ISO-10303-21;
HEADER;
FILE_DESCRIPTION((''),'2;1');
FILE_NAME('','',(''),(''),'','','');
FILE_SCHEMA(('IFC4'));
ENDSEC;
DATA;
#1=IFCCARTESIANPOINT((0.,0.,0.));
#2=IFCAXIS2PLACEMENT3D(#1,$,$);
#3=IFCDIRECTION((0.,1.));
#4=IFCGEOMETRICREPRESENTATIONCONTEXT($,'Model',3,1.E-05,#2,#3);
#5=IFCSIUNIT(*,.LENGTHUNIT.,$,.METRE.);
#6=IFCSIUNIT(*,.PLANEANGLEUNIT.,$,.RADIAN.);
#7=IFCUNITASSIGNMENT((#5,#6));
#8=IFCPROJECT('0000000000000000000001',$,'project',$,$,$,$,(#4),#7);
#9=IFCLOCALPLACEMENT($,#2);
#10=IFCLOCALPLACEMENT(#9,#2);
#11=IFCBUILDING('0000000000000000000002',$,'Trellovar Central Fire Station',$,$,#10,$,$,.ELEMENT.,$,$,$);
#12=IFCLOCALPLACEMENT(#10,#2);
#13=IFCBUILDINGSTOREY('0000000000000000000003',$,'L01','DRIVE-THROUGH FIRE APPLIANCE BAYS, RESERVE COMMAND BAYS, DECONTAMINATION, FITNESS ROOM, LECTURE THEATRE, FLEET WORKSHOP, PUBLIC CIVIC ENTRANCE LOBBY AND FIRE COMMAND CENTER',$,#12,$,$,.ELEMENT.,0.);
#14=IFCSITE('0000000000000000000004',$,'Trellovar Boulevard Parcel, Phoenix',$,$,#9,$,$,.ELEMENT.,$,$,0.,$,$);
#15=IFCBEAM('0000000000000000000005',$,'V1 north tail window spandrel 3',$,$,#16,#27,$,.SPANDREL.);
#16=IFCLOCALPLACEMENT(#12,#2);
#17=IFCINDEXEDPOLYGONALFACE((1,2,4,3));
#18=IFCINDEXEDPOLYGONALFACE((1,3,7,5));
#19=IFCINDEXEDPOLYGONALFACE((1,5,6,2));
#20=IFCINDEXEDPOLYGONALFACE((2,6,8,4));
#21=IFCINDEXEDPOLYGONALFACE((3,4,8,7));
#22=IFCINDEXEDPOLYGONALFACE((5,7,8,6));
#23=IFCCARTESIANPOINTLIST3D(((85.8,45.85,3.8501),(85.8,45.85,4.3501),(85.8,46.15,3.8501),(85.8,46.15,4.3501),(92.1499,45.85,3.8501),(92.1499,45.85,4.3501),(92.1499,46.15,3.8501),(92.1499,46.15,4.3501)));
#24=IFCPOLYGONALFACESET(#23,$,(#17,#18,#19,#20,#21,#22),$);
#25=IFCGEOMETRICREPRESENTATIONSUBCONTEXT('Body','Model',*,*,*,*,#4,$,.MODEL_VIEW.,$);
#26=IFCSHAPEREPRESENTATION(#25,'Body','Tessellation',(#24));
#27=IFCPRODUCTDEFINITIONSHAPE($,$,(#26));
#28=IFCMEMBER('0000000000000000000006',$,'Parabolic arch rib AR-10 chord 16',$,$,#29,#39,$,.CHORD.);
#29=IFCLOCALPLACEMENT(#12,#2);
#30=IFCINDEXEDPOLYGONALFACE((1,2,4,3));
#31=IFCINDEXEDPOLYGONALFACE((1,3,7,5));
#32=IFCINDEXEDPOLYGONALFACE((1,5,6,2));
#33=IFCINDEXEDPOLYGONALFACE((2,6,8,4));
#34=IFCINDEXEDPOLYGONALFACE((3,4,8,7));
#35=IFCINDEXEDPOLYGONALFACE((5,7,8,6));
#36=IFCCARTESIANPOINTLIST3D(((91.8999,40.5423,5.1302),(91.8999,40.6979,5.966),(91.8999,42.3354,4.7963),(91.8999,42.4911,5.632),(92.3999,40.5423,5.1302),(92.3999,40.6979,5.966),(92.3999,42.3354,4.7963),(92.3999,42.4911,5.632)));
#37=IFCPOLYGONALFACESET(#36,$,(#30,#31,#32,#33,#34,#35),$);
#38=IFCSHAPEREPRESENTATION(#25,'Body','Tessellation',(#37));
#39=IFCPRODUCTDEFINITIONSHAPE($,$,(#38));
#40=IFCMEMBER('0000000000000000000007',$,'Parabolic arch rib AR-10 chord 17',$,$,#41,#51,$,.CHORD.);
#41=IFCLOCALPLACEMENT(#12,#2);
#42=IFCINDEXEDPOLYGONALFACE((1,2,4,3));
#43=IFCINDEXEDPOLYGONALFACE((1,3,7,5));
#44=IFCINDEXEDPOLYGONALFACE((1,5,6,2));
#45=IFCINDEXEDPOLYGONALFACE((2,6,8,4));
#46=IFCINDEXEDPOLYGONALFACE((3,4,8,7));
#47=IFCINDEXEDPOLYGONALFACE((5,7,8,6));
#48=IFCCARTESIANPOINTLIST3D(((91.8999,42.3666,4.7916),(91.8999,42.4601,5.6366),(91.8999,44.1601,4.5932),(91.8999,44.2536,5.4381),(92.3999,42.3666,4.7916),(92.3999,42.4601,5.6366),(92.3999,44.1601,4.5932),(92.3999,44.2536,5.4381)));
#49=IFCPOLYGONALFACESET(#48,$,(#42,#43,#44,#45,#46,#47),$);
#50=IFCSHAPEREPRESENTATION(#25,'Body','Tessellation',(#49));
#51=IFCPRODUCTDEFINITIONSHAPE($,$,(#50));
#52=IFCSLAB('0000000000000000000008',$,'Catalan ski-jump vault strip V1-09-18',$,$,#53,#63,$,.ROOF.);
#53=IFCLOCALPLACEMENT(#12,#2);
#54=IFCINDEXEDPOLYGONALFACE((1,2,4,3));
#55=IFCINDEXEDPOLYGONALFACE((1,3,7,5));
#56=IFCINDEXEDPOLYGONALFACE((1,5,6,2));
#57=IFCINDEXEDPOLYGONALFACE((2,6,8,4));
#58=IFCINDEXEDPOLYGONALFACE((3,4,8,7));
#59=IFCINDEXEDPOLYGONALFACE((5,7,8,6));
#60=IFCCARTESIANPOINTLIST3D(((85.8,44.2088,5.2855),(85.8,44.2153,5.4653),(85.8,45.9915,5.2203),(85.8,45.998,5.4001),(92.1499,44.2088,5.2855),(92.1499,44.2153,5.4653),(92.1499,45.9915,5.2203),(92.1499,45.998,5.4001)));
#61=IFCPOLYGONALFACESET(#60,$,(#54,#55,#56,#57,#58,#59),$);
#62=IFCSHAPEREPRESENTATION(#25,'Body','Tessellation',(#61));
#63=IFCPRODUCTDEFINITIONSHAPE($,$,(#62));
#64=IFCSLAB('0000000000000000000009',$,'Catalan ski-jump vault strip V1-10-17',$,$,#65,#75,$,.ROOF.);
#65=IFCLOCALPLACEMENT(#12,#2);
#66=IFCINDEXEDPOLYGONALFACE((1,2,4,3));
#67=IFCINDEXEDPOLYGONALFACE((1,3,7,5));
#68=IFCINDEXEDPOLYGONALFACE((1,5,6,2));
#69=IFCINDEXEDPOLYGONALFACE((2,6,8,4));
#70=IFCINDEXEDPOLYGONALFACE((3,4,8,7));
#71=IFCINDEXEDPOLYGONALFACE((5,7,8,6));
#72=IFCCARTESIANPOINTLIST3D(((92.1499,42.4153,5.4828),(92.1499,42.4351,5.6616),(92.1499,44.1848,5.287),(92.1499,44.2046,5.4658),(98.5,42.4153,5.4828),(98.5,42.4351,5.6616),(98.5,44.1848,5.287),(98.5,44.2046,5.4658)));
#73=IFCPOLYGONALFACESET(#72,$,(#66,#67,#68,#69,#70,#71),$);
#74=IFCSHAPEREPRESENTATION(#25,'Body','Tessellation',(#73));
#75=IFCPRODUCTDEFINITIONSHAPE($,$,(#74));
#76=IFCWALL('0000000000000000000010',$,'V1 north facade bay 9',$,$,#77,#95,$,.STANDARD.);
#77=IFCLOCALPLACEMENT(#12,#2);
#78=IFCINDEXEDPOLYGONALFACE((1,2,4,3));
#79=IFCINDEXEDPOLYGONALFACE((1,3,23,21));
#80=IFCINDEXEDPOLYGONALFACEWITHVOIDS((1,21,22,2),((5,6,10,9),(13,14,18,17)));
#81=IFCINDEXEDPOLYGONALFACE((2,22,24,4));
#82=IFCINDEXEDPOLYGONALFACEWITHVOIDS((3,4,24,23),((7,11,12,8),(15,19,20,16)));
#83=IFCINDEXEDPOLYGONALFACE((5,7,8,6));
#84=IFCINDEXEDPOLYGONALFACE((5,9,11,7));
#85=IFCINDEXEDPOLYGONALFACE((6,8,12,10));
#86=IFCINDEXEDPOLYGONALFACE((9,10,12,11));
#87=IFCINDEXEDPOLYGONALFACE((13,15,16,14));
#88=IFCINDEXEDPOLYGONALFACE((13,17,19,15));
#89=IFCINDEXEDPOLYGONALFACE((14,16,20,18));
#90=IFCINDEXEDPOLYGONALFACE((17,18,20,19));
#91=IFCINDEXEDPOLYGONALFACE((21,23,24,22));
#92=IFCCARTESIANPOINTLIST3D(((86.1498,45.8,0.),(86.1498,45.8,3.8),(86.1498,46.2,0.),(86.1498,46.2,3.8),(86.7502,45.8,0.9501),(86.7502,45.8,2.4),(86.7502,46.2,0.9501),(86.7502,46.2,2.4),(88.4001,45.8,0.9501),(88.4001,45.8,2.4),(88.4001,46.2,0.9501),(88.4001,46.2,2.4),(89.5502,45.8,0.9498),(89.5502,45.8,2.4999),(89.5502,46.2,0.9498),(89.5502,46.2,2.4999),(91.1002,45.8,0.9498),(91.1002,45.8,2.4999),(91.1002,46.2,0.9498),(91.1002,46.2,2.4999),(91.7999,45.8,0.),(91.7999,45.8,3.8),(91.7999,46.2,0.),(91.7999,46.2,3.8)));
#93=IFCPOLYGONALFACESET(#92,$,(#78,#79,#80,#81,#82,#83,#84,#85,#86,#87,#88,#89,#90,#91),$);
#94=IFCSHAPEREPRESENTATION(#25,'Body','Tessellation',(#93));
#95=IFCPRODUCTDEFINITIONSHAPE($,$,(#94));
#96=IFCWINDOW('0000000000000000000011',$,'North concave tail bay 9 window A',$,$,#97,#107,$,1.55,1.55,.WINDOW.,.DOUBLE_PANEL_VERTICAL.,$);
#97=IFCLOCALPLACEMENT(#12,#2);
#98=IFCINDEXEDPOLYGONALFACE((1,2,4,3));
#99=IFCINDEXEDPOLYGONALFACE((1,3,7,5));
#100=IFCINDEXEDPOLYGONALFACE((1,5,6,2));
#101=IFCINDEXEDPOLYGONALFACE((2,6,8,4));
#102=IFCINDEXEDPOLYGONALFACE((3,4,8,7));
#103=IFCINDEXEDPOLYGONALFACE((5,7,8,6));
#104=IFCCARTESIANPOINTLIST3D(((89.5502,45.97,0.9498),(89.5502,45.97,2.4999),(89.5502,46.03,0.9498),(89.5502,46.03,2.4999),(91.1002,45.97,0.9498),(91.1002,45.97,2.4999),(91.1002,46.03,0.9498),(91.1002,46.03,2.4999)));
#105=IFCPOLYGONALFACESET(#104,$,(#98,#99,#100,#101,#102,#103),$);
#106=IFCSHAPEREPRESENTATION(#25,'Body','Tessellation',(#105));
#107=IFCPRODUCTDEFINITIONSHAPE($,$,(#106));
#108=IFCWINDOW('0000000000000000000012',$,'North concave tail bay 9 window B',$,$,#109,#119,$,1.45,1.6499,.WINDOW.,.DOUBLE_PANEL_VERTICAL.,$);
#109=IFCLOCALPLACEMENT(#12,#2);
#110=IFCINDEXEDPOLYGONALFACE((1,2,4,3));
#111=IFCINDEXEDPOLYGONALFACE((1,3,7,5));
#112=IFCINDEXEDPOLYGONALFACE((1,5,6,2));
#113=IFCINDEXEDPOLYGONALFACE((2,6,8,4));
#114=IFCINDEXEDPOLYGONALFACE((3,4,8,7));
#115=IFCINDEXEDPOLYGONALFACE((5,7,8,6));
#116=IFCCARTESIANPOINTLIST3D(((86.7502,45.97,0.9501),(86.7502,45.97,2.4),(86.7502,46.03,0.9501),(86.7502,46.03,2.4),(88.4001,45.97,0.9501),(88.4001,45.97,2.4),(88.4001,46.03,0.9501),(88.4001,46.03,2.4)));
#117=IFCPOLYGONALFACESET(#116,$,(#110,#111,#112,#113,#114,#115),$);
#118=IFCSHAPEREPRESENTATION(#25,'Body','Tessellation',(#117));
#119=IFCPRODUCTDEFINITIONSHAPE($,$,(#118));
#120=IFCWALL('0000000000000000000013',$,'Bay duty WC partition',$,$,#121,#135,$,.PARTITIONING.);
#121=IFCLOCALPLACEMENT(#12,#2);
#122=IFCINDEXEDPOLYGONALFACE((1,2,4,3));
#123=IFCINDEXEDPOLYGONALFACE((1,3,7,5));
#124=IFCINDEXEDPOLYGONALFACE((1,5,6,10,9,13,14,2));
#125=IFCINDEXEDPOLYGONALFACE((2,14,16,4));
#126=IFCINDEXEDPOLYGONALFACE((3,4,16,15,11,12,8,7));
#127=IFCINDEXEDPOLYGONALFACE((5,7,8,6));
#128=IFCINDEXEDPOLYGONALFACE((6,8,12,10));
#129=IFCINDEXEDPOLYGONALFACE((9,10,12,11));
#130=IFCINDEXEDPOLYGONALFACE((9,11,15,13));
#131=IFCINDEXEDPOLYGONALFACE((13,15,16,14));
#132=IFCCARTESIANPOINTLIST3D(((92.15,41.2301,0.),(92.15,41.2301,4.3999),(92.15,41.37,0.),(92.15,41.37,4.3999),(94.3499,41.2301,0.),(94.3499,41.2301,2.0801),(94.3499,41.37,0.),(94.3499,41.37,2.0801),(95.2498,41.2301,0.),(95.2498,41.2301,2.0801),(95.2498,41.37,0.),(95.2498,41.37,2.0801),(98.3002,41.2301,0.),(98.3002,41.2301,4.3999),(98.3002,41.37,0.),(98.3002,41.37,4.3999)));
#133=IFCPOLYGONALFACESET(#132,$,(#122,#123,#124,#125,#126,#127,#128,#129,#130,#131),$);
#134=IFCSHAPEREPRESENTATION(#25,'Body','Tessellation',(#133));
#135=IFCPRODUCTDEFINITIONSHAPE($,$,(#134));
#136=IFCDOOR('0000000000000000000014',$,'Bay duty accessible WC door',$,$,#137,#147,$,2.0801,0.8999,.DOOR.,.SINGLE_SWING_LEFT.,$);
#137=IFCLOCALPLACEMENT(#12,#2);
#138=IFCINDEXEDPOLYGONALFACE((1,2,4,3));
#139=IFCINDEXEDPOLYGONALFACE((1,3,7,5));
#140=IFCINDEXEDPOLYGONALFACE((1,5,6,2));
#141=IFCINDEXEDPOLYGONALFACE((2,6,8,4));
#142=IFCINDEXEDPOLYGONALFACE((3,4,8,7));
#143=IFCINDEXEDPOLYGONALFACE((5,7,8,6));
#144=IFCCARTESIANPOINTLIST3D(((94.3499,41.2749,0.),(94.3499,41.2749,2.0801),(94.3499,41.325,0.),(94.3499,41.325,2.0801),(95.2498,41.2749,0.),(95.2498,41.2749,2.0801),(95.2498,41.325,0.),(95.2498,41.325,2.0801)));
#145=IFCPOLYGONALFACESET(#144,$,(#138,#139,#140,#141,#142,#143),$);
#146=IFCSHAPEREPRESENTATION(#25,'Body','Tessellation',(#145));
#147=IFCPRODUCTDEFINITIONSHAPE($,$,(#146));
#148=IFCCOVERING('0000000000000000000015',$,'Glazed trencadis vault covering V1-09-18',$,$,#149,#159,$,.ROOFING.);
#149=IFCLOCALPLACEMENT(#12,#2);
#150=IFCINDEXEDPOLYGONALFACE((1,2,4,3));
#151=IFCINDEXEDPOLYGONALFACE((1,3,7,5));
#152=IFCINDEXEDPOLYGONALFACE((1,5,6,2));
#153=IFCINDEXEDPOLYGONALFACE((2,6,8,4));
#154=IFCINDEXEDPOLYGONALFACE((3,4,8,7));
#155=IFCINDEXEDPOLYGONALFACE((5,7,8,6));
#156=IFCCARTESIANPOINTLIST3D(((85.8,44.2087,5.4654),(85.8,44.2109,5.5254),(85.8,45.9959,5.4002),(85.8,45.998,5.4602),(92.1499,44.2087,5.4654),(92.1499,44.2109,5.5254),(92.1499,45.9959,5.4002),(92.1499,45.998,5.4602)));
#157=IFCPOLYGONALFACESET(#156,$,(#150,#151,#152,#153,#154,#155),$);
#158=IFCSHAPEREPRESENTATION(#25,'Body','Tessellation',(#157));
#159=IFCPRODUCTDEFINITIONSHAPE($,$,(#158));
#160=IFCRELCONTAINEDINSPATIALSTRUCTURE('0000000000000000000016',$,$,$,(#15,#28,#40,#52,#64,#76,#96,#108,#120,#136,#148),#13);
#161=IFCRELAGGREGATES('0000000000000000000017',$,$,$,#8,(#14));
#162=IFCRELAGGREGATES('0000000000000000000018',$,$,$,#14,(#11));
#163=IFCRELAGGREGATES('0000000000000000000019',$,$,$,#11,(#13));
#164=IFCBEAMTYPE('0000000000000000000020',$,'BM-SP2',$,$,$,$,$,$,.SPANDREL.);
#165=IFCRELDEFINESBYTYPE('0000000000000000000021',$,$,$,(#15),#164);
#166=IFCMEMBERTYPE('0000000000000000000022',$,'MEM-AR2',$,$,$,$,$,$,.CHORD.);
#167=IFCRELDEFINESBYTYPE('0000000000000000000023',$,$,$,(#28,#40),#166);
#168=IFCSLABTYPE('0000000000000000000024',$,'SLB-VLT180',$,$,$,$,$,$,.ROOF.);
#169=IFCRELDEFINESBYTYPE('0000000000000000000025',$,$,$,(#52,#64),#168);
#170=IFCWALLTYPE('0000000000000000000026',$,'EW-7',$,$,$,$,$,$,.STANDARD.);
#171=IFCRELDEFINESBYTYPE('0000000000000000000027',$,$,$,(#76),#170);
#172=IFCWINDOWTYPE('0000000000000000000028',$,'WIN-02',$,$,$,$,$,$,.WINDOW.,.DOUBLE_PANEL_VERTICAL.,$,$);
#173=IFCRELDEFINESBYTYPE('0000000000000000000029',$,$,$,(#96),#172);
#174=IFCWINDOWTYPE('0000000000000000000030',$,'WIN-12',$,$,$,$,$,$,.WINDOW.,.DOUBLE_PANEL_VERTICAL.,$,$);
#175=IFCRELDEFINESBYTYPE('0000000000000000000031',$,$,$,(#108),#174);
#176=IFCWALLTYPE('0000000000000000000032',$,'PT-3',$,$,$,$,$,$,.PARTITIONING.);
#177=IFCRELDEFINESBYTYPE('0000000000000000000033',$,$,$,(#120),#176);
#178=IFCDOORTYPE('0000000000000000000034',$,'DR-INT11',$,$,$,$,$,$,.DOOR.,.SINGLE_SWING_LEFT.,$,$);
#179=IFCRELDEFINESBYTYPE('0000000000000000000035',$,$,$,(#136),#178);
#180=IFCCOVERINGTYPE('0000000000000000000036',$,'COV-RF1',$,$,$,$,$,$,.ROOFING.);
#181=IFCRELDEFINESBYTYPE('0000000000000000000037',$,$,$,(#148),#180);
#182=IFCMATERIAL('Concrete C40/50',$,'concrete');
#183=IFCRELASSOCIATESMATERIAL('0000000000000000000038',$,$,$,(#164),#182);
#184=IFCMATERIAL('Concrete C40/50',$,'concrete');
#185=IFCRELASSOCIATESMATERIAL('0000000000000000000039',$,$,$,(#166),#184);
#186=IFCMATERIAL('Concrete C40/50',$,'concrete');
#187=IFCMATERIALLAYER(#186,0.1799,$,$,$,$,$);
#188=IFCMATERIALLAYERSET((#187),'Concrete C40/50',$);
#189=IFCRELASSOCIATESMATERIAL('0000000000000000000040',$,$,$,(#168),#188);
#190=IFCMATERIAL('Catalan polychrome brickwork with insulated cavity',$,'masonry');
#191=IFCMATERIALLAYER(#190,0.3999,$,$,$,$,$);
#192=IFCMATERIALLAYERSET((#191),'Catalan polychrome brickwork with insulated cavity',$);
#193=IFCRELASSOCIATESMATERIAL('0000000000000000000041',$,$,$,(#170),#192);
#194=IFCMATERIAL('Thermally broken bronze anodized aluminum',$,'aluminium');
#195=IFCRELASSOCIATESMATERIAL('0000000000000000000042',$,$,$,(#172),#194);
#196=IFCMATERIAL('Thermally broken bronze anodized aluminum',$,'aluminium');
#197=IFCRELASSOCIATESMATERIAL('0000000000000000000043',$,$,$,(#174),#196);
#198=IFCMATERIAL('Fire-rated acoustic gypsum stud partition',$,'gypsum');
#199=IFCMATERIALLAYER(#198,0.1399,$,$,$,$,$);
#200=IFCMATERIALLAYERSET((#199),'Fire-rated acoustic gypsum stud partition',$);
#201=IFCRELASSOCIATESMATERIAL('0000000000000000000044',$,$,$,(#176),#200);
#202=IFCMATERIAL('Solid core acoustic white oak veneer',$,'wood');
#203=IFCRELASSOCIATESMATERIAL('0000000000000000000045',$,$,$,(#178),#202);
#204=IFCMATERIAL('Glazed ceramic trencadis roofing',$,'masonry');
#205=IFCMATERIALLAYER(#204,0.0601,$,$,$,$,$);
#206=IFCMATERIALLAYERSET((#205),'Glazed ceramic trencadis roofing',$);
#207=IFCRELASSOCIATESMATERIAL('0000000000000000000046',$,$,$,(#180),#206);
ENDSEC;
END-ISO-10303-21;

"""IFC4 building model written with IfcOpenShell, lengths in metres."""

from ifc_helpers import new_model, si_unit, direction, frame, frame_2d, origin, origin_2d, place, context, subcontext, project, spatial, polyline, rectangle, outline, extrude, material, layer, layer_set, material_profile, profile_set, type_object, element, fill, save


model = new_model("IFC4")

# Units and contexts
model_context = context("Model", 3, precision=1e-05, world=origin(), true_north=direction((0.0, 1.0)))
body_context = subcontext(model_context, "Body", "Model", "MODEL_VIEW")
ifc_project = project(units=[si_unit("LENGTHUNIT", "METRE"), si_unit("PLANEANGLEUNIT", "RADIAN")], contexts=[model_context])

# Site, building, storey
site_placement = place(None, origin())
site = spatial("IfcSite", under=ifc_project, at=site_placement, Name="Trellovar Boulevard Parcel, Phoenix", CompositionType="ELEMENT", RefElevation=0.0)
building_placement = place(site_placement, origin())
building = spatial("IfcBuilding", under=site, at=building_placement, Name="Trellovar Central Fire Station", CompositionType="ELEMENT")
storey_placement = place(building_placement, origin())
storey = spatial("IfcBuildingStorey", under=building, at=storey_placement, Name="L01", Description="DRIVE-THROUGH FIRE APPLIANCE BAYS, RESERVE COMMAND BAYS, DECONTAMINATION, FITNESS ROOM, LECTURE THEATRE, FLEET WORKSHOP, PUBLIC CIVIC ENTRANCE LOBBY AND FIRE COMMAND CENTER", CompositionType="ELEMENT", Elevation=0.0)

# Beam
ifc_material_1 = material(Name="Concrete C40/50", Category="concrete")
ifc_material_profile_1 = material_profile(ifc_material_1, rectangle(XDim=0.3, YDim=0.5, at=origin_2d()), Name="RC300X500")
ifc_profile_set_1 = profile_set([ifc_material_profile_1], Name="Concrete C40/50")
beam_type = type_object("IfcBeamType", Name="BM-SP2", PredefinedType="SPANDREL", material=ifc_profile_set_1)
beam_placement = place(storey_placement, frame((85.8, 46.0, 4.1001), z_axis=(1.0, 0.0, 0.0), x_axis=(0.0, 1.0, 0.0)))
element("IfcBeam", 1, at=beam_placement, inside=storey, type_object=beam_type, Name="V1 north tail window spandrel 3", PredefinedType="SPANDREL", context=body_context, shape_type="SweptSolid", body=[
    extrude(rectangle(XDim=0.3, YDim=0.5, at=origin_2d()), origin(), (0.0, 0.0, 1.0), 6.3499),
])

# Members
ifc_material_2 = material(Name="Concrete C40/50", Category="concrete")
ifc_material_profile_2 = material_profile(ifc_material_2, rectangle(XDim=0.5, YDim=0.8501, at=origin_2d()), Name="RC500X850")
ifc_profile_set_2 = profile_set([ifc_material_profile_2], Name="Concrete C40/50")
member_type = type_object("IfcMemberType", Name="MEM-AR2", PredefinedType="CHORD", material=ifc_profile_set_2)
member_1_placement = place(storey_placement, frame((92.1499, 40.6201, 5.5481), z_axis=(0.0, 0.983094, -0.1831), x_axis=(-1.0, 0.0, 0.0)))
element("IfcMember", 2, at=member_1_placement, inside=storey, type_object=member_type, Name="Parabolic arch rib AR-10 chord 16", PredefinedType="CHORD", context=body_context, shape_type="SweptSolid", body=[
    extrude(rectangle(XDim=0.5, YDim=0.8501, at=origin_2d()), origin(), (0.0, 0.0, 1.0), 1.824),
])
member_2_placement = place(storey_placement, frame((92.1499, 42.4133, 5.2141), z_axis=(0.0, 0.993931, -0.110001), x_axis=(-1.0, 0.0, 0.0)))
element("IfcMember", 3, at=member_2_placement, inside=storey, type_object=member_type, Name="Parabolic arch rib AR-10 chord 17", PredefinedType="CHORD", context=body_context, shape_type="SweptSolid", body=[
    extrude(rectangle(XDim=0.5, YDim=0.8501, at=origin_2d()), origin(), (0.0, 0.0, 1.0), 1.8044),
])

# Slabs
ifc_material_3 = material(Name="Concrete C40/50", Category="concrete")
ifc_layer_1 = layer(ifc_material_3, 0.1799)
ifc_layer_set_1 = layer_set([ifc_layer_1], Name="Concrete C40/50")
slab_type = type_object("IfcSlabType", Name="SLB-VLT180", PredefinedType="ROOF", material=ifc_layer_set_1)
slab_1_placement = place(storey_placement, frame((85.8, 44.2153, 5.4653), z_axis=(0.0, 0.036541, 0.999332), x_axis=(1.0, 0.0, 0.0)))
element("IfcSlab", 4, at=slab_1_placement, inside=storey, type_object=slab_type, Name="Catalan ski-jump vault strip V1-09-18", PredefinedType="ROOF", context=body_context, shape_type="SweptSolid", body=[
    extrude(outline(polyline([(0.0, 0.0), (6.3499, 0.0), (6.3499, 1.7839), (0.0, 1.7839), (0.0, 0.0)])), origin(), (0.0, 0.0, -1.0), 0.1799),
])
slab_2_placement = place(storey_placement, frame((92.1499, 42.4351, 5.6616), z_axis=(0.0, 0.10998, 0.993934), x_axis=(1.0, 0.0, 0.0)))
element("IfcSlab", 5, at=slab_2_placement, inside=storey, type_object=slab_type, Name="Catalan ski-jump vault strip V1-10-17", PredefinedType="ROOF", context=body_context, shape_type="SweptSolid", body=[
    extrude(outline(polyline([(0.0, 0.0), (6.3501, 0.0), (6.3501, 1.7803), (0.0, 1.7803), (0.0, 0.0)])), origin(), (0.0, 0.0, -1.0), 0.1799),
])

# Wall, openings, windows
ifc_material_4 = material(Name="Catalan polychrome brickwork with insulated cavity", Category="masonry")
ifc_layer_2 = layer(ifc_material_4, 0.3999)
ifc_layer_set_2 = layer_set([ifc_layer_2], Name="Catalan polychrome brickwork with insulated cavity")
wall_type_1 = type_object("IfcWallType", Name="EW-7", PredefinedType="STANDARD", material=ifc_layer_set_2)
wall_1_placement = place(storey_placement, frame((91.8, 46.0, 0.0), z_axis=(0.0, 0.0, 1.0), x_axis=(-1.0, 0.0, 0.0)))
wall_1 = element("IfcWall", 6, at=wall_1_placement, inside=storey, type_object=wall_type_1, Name="V1 north facade bay 9", PredefinedType="STANDARD", context=body_context, shape_type="SweptSolid", body=[
    extrude(rectangle(XDim=5.6501, YDim=0.3999, at=frame_2d((2.8252, 0.0))), origin(), (0.0, 0.0, 1.0), 3.8),
])
opening_1_placement = place(wall_1_placement, frame((0.7, 0.0, 0.95)))
opening_1 = element("IfcOpeningElement", 7, at=opening_1_placement, cuts=wall_1, PredefinedType="OPENING", context=body_context, shape_type="SweptSolid", body=[
    extrude(rectangle(XDim=1.55, YDim=1.55, at=frame_2d((0.7749, 0.7749))), frame((0.0, 0.21, 0.0), z_axis=(0.0, -1.0, 0.0), x_axis=(1.0, 0.0, 0.0)), (0.0, 0.0, 1.0), 0.4199),
])
opening_2_placement = place(wall_1_placement, frame((3.3999, 0.0, 0.95)))
opening_2 = element("IfcOpeningElement", 8, at=opening_2_placement, cuts=wall_1, PredefinedType="OPENING", context=body_context, shape_type="SweptSolid", body=[
    extrude(rectangle(XDim=1.6499, YDim=1.45, at=frame_2d((0.825, 0.7251))), frame((0.0, 0.21, 0.0), z_axis=(0.0, -1.0, 0.0), x_axis=(1.0, 0.0, 0.0)), (0.0, 0.0, 1.0), 0.4199),
])
ifc_material_5 = material(Name="Thermally broken bronze anodized aluminum", Category="aluminium")
window_type_1 = type_object("IfcWindowType", Name="WIN-02", PartitioningType="DOUBLE_PANEL_VERTICAL", PredefinedType="WINDOW", material=ifc_material_5)
window_1_placement = place(opening_1_placement, origin())
window_1 = element("IfcWindow", 9, at=window_1_placement, inside=storey, type_object=window_type_1, Name="North concave tail bay 9 window A", OverallHeight=1.55, OverallWidth=1.55, PartitioningType="DOUBLE_PANEL_VERTICAL", PredefinedType="WINDOW", context=body_context, shape_type="SweptSolid", body=[
    extrude(rectangle(XDim=1.55, YDim=1.55, at=frame_2d((0.7749, 0.7749))), frame((0.0, 0.03, 0.0), z_axis=(0.0, -1.0, 0.0), x_axis=(1.0, 0.0, 0.0)), (0.0, 0.0, 1.0), 0.0601),
])
fill(opening_1, window_1)
ifc_material_6 = material(Name="Thermally broken bronze anodized aluminum", Category="aluminium")
window_type_2 = type_object("IfcWindowType", Name="WIN-12", PartitioningType="DOUBLE_PANEL_VERTICAL", PredefinedType="WINDOW", material=ifc_material_6)
window_2_placement = place(opening_2_placement, origin())
window_2 = element("IfcWindow", 10, at=window_2_placement, inside=storey, type_object=window_type_2, Name="North concave tail bay 9 window B", OverallHeight=1.45, OverallWidth=1.6499, PartitioningType="DOUBLE_PANEL_VERTICAL", PredefinedType="WINDOW", context=body_context, shape_type="SweptSolid", body=[
    extrude(rectangle(XDim=1.6499, YDim=1.45, at=frame_2d((0.825, 0.7251))), frame((0.0, 0.03, 0.0), z_axis=(0.0, -1.0, 0.0), x_axis=(1.0, 0.0, 0.0)), (0.0, 0.0, 1.0), 0.0601),
])
fill(opening_2, window_2)

# Wall, opening, door
ifc_material_7 = material(Name="Fire-rated acoustic gypsum stud partition", Category="gypsum")
ifc_layer_3 = layer(ifc_material_7, 0.1399)
ifc_layer_set_3 = layer_set([ifc_layer_3], Name="Fire-rated acoustic gypsum stud partition")
wall_type_2 = type_object("IfcWallType", Name="PT-3", PredefinedType="PARTITIONING", material=ifc_layer_set_3)
wall_2_placement = place(storey_placement, frame((92.1499, 41.3, 0.0), z_axis=(0.0, 0.0, 1.0), x_axis=(1.0, 0.0, 0.0)))
wall_2 = element("IfcWall", 11, at=wall_2_placement, inside=storey, type_object=wall_type_2, Name="Bay duty WC partition", PredefinedType="PARTITIONING", context=body_context, shape_type="SweptSolid", body=[
    extrude(rectangle(XDim=6.1501, YDim=0.1399, at=frame_2d((3.0752, 0.0))), origin(), (0.0, 0.0, 1.0), 4.3999),
])
opening_3_placement = place(wall_2_placement, frame((2.2, 0.0, 0.0)))
opening_3 = element("IfcOpeningElement", 12, at=opening_3_placement, cuts=wall_2, PredefinedType="OPENING", context=body_context, shape_type="SweptSolid", body=[
    extrude(rectangle(XDim=0.8999, YDim=2.0801, at=frame_2d((0.45, 1.04))), frame((0.0, 0.0798, 0.0), z_axis=(0.0, -1.0, 0.0), x_axis=(1.0, 0.0, 0.0)), (0.0, 0.0, 1.0), 0.1599),
])
ifc_material_8 = material(Name="Solid core acoustic white oak veneer", Category="wood")
door_type = type_object("IfcDoorType", Name="DR-INT11", OperationType="SINGLE_SWING_LEFT", PredefinedType="DOOR", material=ifc_material_8)
door_placement = place(opening_3_placement, origin())
door = element("IfcDoor", 13, at=door_placement, inside=storey, type_object=door_type, Name="Bay duty accessible WC door", OperationType="SINGLE_SWING_LEFT", OverallHeight=2.0801, OverallWidth=0.8999, PredefinedType="DOOR", context=body_context, shape_type="SweptSolid", body=[
    extrude(rectangle(XDim=0.8999, YDim=2.0801, at=frame_2d((0.45, 1.04))), frame((0.0, 0.0249, 0.0), z_axis=(0.0, -1.0, 0.0), x_axis=(1.0, 0.0, 0.0)), (0.0, 0.0, 1.0), 0.05),
])
fill(opening_3, door)

# Covering
ifc_material_9 = material(Name="Glazed ceramic trencadis roofing", Category="masonry")
ifc_layer_4 = layer(ifc_material_9, 0.0601)
ifc_layer_set_4 = layer_set([ifc_layer_4], Name="Glazed ceramic trencadis roofing")
covering_type = type_object("IfcCoveringType", Name="COV-RF1", PredefinedType="ROOFING", material=ifc_layer_set_4)
covering_1_placement = place(storey_placement, frame((85.8, 44.2109, 5.5254), z_axis=(0.0, 0.036451, 0.999335), x_axis=(1.0, 0.0, 0.0)))
element("IfcCovering", 14, at=covering_1_placement, inside=storey, type_object=covering_type, Name="Glazed trencadis vault covering V1-09-18", PredefinedType="ROOFING", context=body_context, shape_type="SweptSolid", body=[
    extrude(outline(polyline([(0.0, 0.0), (6.3499, 0.0), (6.3499, 1.7883), (0.0, 1.7883), (0.0, 0.0)])), origin(), (0.0, 0.0, -1.0), 0.0601),
])

save(model, "model.ifc")
